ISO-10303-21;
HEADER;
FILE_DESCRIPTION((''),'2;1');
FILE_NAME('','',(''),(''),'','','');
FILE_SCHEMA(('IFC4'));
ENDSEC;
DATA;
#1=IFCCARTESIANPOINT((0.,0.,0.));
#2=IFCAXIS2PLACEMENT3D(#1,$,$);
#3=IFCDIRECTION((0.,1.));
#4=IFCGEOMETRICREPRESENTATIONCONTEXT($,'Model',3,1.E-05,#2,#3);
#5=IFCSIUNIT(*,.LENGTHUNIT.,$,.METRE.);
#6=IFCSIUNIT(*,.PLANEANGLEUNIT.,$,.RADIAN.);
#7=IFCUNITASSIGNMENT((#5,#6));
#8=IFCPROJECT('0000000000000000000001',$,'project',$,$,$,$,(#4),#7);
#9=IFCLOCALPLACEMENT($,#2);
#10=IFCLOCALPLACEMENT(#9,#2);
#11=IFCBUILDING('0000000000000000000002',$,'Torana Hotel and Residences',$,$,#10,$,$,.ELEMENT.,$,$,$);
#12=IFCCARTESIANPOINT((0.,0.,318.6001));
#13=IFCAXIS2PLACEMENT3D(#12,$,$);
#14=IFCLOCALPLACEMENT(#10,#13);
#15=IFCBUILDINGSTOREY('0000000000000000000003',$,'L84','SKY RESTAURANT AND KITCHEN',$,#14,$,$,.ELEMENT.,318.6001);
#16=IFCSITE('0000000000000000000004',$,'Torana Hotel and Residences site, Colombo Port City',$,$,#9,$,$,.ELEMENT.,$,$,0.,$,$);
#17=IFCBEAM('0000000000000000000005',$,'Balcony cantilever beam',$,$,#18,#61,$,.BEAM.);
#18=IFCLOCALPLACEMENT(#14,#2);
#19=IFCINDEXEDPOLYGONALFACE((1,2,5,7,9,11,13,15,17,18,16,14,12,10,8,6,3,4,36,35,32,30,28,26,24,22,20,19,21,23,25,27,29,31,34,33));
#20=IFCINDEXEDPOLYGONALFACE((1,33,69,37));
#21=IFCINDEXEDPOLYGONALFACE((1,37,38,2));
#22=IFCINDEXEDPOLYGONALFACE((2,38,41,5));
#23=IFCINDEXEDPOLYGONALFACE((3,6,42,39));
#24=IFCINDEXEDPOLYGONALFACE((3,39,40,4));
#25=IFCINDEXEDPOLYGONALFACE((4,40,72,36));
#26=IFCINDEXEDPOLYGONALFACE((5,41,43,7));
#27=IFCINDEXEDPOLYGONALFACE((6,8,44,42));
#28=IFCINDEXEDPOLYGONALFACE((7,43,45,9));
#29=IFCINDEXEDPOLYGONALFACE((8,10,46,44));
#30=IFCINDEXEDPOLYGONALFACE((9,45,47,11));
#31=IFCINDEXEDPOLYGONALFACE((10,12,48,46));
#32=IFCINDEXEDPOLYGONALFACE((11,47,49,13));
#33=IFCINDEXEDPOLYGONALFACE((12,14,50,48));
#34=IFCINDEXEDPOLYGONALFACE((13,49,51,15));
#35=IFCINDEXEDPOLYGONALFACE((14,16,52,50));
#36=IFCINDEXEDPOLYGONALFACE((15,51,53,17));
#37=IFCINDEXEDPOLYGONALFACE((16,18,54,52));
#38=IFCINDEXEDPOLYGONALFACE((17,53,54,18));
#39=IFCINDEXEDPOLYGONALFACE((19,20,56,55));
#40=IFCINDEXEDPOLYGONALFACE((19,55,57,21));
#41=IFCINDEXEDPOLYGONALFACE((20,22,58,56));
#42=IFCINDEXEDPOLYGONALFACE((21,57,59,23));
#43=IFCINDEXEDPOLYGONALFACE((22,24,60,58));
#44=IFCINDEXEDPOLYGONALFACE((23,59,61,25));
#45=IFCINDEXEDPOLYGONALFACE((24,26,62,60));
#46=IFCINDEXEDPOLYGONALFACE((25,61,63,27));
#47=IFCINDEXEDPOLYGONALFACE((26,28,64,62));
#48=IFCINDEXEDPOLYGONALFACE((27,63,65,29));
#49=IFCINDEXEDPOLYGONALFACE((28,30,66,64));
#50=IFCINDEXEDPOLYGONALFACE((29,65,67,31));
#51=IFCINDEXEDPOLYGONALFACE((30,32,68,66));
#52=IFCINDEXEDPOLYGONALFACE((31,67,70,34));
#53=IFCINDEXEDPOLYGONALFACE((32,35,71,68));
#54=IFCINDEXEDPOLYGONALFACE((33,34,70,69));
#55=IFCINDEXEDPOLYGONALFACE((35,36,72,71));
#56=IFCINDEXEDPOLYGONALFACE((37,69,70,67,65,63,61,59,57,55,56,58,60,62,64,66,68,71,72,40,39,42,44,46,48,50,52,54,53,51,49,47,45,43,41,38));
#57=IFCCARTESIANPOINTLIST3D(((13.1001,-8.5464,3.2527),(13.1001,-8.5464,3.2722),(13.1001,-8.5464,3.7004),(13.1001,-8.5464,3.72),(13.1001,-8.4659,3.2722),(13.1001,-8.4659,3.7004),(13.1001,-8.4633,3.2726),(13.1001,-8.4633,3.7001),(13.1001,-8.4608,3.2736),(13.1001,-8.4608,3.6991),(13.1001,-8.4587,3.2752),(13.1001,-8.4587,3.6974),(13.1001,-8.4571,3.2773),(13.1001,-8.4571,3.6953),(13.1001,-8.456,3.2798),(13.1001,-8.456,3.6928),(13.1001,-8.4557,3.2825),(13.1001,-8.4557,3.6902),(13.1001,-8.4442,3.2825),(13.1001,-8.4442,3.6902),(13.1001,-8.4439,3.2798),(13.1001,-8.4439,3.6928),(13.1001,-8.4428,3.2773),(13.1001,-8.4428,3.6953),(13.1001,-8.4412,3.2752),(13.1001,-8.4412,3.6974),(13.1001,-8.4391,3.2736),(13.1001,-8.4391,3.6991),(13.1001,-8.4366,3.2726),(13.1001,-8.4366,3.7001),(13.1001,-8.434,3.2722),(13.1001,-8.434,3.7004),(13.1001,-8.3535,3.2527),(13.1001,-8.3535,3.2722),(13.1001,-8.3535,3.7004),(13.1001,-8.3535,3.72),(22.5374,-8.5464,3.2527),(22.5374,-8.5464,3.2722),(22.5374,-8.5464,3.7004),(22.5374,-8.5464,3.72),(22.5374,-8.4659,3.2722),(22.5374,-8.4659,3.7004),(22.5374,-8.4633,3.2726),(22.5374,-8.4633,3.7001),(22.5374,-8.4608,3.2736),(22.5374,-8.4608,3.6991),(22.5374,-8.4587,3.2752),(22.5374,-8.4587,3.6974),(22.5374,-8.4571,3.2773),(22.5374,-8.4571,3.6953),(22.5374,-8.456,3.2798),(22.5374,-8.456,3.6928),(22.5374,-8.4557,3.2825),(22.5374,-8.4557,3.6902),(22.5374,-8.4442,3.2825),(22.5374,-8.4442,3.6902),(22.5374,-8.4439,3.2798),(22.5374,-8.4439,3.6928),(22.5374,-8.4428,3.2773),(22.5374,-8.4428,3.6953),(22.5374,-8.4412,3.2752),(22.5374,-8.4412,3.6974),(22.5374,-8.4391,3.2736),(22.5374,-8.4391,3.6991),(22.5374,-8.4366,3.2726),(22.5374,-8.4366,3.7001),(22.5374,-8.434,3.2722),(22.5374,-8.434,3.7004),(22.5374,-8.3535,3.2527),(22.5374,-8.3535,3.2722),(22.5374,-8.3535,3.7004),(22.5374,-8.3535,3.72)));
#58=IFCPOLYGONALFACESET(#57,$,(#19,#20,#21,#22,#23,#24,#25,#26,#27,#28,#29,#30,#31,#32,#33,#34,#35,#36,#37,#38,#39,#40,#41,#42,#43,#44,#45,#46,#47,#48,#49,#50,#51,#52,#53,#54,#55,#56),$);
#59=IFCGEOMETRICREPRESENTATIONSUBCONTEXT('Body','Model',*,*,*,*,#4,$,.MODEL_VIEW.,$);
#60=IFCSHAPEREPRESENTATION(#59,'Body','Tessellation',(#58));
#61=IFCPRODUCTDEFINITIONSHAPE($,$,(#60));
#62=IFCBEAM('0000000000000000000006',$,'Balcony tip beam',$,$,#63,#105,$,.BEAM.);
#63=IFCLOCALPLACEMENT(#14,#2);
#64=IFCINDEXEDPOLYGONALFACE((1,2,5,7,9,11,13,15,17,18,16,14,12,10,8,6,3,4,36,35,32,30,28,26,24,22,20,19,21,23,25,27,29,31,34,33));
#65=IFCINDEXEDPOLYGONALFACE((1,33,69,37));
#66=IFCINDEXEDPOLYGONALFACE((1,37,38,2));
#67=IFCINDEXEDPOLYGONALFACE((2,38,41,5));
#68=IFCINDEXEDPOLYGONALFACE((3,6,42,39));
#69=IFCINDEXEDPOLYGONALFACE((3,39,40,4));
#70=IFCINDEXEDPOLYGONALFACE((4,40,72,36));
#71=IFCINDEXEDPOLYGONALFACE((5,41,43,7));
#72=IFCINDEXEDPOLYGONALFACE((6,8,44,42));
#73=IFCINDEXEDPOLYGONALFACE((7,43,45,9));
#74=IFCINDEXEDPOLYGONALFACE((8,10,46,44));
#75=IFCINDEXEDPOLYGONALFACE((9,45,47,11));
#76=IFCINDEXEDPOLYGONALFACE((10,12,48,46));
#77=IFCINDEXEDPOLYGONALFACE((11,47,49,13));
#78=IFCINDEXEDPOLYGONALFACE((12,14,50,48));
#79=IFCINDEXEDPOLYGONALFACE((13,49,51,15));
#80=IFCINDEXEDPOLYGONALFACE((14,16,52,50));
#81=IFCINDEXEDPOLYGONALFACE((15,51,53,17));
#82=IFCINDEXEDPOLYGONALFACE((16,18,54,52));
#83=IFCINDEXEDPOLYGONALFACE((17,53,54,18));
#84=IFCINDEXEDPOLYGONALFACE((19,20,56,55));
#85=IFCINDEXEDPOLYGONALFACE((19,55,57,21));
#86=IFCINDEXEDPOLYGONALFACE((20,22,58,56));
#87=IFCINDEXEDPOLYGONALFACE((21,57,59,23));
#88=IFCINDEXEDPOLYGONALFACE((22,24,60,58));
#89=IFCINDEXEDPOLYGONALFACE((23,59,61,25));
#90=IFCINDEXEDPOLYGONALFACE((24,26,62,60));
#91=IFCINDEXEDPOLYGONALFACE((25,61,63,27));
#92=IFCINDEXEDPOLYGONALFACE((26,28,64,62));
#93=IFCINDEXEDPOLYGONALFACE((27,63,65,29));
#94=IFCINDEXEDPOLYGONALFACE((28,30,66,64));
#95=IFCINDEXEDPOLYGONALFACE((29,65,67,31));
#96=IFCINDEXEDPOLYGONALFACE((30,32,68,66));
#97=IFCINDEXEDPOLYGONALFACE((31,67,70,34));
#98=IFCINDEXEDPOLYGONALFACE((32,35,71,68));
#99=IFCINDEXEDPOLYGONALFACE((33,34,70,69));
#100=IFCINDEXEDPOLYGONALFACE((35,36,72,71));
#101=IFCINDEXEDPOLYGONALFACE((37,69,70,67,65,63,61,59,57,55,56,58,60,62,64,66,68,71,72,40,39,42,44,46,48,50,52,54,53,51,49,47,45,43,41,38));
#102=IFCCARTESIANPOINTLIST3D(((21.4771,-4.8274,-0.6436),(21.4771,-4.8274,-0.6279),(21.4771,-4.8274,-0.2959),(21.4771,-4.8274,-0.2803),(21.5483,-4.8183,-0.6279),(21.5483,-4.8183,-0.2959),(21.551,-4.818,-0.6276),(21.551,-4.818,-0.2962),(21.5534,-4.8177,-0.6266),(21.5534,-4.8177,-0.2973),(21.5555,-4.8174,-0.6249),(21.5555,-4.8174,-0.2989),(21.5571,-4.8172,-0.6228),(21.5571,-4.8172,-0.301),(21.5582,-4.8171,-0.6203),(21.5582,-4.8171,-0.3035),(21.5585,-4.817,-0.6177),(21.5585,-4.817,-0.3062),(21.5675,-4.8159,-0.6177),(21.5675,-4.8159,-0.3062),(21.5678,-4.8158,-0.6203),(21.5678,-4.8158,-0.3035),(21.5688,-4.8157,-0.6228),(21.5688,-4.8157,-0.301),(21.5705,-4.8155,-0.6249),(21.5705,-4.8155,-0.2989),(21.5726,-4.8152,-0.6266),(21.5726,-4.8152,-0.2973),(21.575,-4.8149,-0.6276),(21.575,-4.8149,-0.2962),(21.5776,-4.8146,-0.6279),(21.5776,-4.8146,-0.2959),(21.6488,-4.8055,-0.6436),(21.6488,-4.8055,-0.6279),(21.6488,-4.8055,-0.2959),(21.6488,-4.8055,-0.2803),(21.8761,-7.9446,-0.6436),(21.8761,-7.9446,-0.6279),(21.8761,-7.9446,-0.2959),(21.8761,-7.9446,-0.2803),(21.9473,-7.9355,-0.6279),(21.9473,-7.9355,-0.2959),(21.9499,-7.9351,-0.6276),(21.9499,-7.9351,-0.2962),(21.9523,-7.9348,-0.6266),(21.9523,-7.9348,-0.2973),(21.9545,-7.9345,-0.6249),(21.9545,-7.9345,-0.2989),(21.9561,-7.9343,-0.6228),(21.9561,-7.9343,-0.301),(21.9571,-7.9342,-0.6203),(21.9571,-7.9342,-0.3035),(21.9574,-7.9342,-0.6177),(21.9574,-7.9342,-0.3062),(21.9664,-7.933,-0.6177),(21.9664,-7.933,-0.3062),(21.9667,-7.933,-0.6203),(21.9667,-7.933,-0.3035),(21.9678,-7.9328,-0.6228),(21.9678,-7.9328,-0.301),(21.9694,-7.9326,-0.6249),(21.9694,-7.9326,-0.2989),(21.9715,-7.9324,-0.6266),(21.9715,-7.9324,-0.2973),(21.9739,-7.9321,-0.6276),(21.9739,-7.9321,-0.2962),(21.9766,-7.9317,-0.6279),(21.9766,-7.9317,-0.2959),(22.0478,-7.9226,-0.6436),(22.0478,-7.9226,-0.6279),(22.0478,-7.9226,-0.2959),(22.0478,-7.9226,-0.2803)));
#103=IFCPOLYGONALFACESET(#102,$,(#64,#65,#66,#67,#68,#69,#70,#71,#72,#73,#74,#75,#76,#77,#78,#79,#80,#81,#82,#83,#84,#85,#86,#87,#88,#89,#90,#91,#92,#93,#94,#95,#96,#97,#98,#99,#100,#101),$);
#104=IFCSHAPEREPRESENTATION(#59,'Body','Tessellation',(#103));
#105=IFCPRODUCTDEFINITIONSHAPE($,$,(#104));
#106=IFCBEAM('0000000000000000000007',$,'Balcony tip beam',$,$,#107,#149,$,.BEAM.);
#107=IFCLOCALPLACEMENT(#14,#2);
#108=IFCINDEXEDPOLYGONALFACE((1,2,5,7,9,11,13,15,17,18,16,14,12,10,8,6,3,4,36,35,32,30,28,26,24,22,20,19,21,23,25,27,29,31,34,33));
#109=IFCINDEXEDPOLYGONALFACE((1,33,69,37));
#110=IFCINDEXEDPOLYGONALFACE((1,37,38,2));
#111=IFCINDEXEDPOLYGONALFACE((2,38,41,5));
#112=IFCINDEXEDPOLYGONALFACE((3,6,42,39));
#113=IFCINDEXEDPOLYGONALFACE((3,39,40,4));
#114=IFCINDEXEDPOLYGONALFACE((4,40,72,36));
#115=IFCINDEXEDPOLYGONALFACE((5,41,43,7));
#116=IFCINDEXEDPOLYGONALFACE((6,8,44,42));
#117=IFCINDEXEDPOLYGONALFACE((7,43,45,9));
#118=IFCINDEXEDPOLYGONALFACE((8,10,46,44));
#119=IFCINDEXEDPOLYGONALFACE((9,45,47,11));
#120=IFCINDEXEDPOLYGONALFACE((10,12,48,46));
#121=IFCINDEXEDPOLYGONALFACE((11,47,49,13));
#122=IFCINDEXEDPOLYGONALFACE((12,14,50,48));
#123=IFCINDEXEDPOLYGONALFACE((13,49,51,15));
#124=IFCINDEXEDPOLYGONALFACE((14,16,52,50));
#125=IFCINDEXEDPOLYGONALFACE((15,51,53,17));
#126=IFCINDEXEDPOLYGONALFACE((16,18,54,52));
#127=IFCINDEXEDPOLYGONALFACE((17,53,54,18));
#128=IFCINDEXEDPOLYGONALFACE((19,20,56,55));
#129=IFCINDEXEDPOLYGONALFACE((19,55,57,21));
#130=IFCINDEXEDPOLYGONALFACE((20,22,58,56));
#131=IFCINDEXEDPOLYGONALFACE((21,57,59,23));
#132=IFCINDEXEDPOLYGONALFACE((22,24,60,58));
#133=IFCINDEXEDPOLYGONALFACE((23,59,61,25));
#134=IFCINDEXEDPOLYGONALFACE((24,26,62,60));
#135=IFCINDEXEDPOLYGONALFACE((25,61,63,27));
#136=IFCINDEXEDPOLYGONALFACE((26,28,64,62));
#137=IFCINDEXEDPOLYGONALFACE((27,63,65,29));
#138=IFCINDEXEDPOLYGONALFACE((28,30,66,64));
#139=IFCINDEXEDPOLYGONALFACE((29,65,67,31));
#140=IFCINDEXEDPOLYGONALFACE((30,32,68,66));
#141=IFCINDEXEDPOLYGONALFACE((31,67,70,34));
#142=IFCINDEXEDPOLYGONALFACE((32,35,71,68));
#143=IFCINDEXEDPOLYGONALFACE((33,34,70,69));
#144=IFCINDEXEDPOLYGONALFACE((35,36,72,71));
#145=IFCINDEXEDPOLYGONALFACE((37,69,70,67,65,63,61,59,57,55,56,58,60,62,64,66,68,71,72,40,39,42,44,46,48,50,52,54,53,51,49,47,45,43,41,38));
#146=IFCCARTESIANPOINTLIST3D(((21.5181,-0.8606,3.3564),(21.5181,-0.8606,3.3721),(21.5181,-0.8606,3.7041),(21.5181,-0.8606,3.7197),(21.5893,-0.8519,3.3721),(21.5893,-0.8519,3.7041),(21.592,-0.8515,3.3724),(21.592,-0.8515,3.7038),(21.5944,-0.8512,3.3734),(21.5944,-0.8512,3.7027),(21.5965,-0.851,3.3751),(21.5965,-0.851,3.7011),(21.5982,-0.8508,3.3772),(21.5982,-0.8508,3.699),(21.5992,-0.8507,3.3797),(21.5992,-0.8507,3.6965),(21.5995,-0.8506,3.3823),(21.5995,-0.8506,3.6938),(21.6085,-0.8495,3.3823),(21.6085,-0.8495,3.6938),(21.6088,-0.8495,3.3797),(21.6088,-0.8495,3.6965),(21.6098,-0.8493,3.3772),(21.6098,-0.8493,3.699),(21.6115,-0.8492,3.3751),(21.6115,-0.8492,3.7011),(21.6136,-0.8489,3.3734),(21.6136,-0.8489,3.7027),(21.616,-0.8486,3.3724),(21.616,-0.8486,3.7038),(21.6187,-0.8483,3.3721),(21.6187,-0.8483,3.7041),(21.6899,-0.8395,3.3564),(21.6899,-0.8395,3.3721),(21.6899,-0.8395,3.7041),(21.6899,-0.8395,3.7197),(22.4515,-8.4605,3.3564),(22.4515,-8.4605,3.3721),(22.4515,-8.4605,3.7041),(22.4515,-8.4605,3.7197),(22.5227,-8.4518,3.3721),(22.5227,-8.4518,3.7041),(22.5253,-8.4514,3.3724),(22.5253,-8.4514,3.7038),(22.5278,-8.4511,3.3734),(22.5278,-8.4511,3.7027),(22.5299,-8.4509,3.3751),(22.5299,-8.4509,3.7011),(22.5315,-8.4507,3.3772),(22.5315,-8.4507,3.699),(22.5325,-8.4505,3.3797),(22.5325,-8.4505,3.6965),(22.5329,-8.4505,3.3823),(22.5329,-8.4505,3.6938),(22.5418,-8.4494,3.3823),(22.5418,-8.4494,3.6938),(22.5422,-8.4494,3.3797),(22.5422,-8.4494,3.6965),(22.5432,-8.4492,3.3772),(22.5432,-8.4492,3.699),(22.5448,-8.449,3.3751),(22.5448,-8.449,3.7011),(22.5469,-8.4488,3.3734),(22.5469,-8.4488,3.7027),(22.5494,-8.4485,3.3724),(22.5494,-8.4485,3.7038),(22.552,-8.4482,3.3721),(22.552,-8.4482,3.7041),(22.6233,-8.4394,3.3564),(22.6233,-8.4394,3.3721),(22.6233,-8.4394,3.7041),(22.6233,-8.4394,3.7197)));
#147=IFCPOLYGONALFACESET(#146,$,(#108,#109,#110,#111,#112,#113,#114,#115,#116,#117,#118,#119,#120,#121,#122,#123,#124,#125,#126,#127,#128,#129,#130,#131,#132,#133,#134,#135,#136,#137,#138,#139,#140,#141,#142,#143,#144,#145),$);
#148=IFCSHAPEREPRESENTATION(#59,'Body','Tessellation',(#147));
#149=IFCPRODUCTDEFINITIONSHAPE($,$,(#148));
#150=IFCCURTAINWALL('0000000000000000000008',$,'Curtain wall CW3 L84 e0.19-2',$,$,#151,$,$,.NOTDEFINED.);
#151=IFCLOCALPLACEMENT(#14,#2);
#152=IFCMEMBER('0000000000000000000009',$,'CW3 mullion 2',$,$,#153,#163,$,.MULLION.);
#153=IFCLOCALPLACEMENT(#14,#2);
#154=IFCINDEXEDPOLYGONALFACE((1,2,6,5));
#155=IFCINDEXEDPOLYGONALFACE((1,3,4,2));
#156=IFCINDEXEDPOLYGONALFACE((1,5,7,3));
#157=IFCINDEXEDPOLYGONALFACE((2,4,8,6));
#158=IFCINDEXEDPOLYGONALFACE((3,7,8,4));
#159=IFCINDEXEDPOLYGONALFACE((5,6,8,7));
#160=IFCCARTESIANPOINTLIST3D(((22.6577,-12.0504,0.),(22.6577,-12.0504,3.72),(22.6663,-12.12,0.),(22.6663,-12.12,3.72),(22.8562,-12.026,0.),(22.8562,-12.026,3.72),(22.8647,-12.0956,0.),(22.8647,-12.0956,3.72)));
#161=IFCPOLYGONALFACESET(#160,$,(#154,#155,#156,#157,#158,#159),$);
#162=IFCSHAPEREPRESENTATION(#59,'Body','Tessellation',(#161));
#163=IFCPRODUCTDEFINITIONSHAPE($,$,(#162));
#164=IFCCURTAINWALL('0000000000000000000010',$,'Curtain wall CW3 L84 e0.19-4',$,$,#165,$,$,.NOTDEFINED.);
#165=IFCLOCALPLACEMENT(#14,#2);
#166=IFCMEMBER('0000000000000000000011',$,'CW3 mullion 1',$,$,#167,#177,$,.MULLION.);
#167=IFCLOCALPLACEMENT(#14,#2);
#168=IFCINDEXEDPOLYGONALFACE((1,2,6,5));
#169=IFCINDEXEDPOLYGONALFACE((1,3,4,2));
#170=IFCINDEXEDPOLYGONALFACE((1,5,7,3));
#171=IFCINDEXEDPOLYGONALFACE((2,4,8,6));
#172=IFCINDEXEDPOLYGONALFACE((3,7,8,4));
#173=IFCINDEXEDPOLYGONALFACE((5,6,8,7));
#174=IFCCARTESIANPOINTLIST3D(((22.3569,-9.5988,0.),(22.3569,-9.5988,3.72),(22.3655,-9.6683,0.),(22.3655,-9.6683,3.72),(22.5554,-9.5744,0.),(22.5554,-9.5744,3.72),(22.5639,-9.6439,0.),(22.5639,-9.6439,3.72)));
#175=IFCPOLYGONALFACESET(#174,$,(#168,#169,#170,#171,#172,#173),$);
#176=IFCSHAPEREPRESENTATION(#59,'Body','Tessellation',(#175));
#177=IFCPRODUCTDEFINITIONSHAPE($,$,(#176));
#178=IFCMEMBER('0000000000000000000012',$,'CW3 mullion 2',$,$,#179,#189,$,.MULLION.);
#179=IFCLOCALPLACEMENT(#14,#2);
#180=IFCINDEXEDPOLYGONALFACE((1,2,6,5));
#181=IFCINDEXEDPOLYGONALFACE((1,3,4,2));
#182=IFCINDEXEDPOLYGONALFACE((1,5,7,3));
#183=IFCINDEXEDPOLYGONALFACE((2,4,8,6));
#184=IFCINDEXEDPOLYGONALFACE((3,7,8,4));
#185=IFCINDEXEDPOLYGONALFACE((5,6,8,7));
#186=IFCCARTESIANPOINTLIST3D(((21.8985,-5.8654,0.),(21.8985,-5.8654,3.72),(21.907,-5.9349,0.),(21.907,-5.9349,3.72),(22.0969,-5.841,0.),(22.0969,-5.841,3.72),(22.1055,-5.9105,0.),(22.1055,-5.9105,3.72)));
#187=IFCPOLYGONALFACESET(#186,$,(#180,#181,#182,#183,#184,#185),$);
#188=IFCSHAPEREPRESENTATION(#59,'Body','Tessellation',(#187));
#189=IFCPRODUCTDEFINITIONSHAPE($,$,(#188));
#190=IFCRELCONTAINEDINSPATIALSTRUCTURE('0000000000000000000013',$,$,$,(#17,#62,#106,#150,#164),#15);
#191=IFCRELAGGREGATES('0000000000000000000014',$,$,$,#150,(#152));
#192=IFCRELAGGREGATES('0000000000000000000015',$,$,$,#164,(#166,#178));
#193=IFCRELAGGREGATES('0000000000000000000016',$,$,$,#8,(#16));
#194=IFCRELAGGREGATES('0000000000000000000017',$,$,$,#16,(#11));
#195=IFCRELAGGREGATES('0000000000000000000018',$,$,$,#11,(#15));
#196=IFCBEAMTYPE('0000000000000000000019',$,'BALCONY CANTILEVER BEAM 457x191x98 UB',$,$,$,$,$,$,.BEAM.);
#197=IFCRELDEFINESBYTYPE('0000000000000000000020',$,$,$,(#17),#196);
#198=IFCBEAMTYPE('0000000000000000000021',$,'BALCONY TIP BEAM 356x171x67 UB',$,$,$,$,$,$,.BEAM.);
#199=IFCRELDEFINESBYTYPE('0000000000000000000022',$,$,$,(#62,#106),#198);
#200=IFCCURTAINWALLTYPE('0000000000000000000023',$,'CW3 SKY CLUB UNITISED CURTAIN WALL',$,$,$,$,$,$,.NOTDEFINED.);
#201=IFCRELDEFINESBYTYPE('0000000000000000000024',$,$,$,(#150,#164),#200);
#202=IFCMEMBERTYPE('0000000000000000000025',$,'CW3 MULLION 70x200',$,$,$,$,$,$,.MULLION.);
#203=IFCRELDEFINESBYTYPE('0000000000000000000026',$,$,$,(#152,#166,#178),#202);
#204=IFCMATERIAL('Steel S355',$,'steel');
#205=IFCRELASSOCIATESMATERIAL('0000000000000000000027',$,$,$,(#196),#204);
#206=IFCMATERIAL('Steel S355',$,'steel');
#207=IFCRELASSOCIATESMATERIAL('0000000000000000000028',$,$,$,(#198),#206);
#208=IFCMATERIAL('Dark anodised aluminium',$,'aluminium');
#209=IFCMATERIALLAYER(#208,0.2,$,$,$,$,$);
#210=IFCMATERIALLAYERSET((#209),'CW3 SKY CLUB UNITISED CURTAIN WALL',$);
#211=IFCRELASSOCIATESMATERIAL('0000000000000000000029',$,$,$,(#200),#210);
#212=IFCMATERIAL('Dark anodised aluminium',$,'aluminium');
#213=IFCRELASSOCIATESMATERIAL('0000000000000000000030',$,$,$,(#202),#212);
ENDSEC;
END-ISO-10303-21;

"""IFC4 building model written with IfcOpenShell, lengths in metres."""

from ifc_helpers import new_model, si_unit, direction, frame, origin, origin_2d, place, context, subcontext, project, spatial, rectangle, i_section, extrude, material, layer, layer_set, material_profile, profile_set, type_object, element, aggregate, save


model = new_model("IFC4")

# Units and contexts
model_context = context("Model", 3, precision=1e-05, world=origin(), true_north=direction((0.0, 1.0)))
body_context = subcontext(model_context, "Body", "Model", "MODEL_VIEW")
ifc_project = project(units=[si_unit("LENGTHUNIT", "METRE"), si_unit("PLANEANGLEUNIT", "RADIAN")], contexts=[model_context])

# Site, building, storey
site_placement = place(None, origin())
site = spatial("IfcSite", under=ifc_project, at=site_placement, Name="Torana Hotel and Residences site, Colombo Port City", CompositionType="ELEMENT", RefElevation=0.0)
building_placement = place(site_placement, origin())
building = spatial("IfcBuilding", under=site, at=building_placement, Name="Torana Hotel and Residences", CompositionType="ELEMENT")
storey_placement = place(building_placement, frame((0.0, 0.0, 318.6001)))
storey = spatial("IfcBuildingStorey", under=building, at=storey_placement, Name="L84", Description="SKY RESTAURANT AND KITCHEN", CompositionType="ELEMENT", Elevation=318.6001)

# Beams
ifc_material_1 = material(Name="Steel S355", Category="steel")
ifc_material_profile_1 = material_profile(ifc_material_1, i_section(OverallWidth=0.1929, OverallDepth=0.4673, WebThickness=0.0115, FlangeThickness=0.0195, FilletRadius=0.0103, at=origin_2d()), Name="457x191x98 UB")
ifc_profile_set_1 = profile_set([ifc_material_profile_1], Name="Steel S355")
beam_type_1 = type_object("IfcBeamType", Name="BALCONY CANTILEVER BEAM 457x191x98 UB", PredefinedType="BEAM", material=ifc_profile_set_1)
beam_1_placement = place(storey_placement, frame((22.5374, -8.45, 3.4863), z_axis=(-1.0, 0.0, 0.0), x_axis=(0.0, -1.0, 0.0)))
element("IfcBeam", 1, at=beam_1_placement, inside=storey, type_object=beam_type_1, Name="Balcony cantilever beam", PredefinedType="BEAM", context=body_context, shape_type="SweptSolid", body=[
    extrude(i_section(OverallWidth=0.1929, OverallDepth=0.4673, WebThickness=0.0115, FlangeThickness=0.0195, FilletRadius=0.0103, at=origin_2d()), origin(), (0.0, 0.0, 1.0), 9.4373),
])
ifc_material_2 = material(Name="Steel S355", Category="steel")
ifc_material_profile_2 = material_profile(ifc_material_2, i_section(OverallWidth=0.1731, OverallDepth=0.3633, WebThickness=0.009, FlangeThickness=0.0156, FilletRadius=0.0103, at=origin_2d()), Name="356x171x67 UB")
ifc_profile_set_2 = profile_set([ifc_material_profile_2], Name="Steel S355")
beam_type_2 = type_object("IfcBeamType", Name="BALCONY TIP BEAM 356x171x67 UB", PredefinedType="BEAM", material=ifc_profile_set_2)
beam_2_placement = place(storey_placement, frame((21.9619, -7.9336, -0.4619), z_axis=(-0.126941, 0.99191, 0.0), x_axis=(-0.99191, -0.126941, 0.0)))
element("IfcBeam", 2, at=beam_2_placement, inside=storey, type_object=beam_type_2, Name="Balcony tip beam", PredefinedType="BEAM", context=body_context, shape_type="SweptSolid", body=[
    extrude(i_section(OverallWidth=0.1731, OverallDepth=0.3633, WebThickness=0.009, FlangeThickness=0.0156, FilletRadius=0.0103, at=origin_2d()), origin(), (0.0, 0.0, 1.0), 3.1426),
])
beam_3_placement = place(storey_placement, frame((22.5374, -8.45, 3.5381), z_axis=(-0.121896, 0.992543, 0.0), x_axis=(-0.992543, -0.121896, 0.0)))
element("IfcBeam", 3, at=beam_3_placement, inside=storey, type_object=beam_type_2, Name="Balcony tip beam", PredefinedType="BEAM", context=body_context, shape_type="SweptSolid", body=[
    extrude(i_section(OverallWidth=0.1731, OverallDepth=0.3633, WebThickness=0.009, FlangeThickness=0.0156, FilletRadius=0.0103, at=origin_2d()), origin(), (0.0, 0.0, 1.0), 7.657),
])

# Curtain wall, member
ifc_material_3 = material(Name="Dark anodised aluminium", Category="aluminium")
ifc_layer_1 = layer(ifc_material_3, 0.2)
ifc_layer_set_1 = layer_set([ifc_layer_1], Name="CW3 SKY CLUB UNITISED CURTAIN WALL")
curtain_wall_type = type_object("IfcCurtainWallType", Name="CW3 SKY CLUB UNITISED CURTAIN WALL", PredefinedType="NOTDEFINED", material=ifc_layer_set_1)
curtain_wall_1_placement = place(storey_placement, origin())
curtain_wall_1 = element("IfcCurtainWall", 4, at=curtain_wall_1_placement, inside=storey, type_object=curtain_wall_type, Name="Curtain wall CW3 L84 e0.19-2", PredefinedType="NOTDEFINED")
ifc_material_4 = material(Name="Dark anodised aluminium", Category="aluminium")
ifc_material_profile_3 = material_profile(ifc_material_4, rectangle(XDim=0.2, YDim=0.0701, at=origin_2d()), Name="CW3 MULLION 70x200")
ifc_profile_set_3 = profile_set([ifc_material_profile_3], Name="Dark anodised aluminium")
member_type_1 = type_object("IfcMemberType", Name="CW3 MULLION 70x200", PredefinedType="MULLION", material=ifc_profile_set_3)
member_1_placement = place(storey_placement, frame((22.7612, -12.073, 0.0), z_axis=(0.0, 0.0, 1.0), x_axis=(-0.992541, -0.121913, 0.0)))
member_1 = element("IfcMember", 5, at=member_1_placement, type_object=member_type_1, Name="CW3 mullion 2", PredefinedType="MULLION", context=body_context, shape_type="SweptSolid", body=[
    extrude(rectangle(XDim=0.2, YDim=0.0701, at=origin_2d()), origin(), (0.0, 0.0, 1.0), 3.72),
])

# Curtain wall, members
curtain_wall_2_placement = place(storey_placement, origin())
curtain_wall_2 = element("IfcCurtainWall", 6, at=curtain_wall_2_placement, inside=storey, type_object=curtain_wall_type, Name="Curtain wall CW3 L84 e0.19-4", PredefinedType="NOTDEFINED")
member_2_placement = place(storey_placement, frame((22.4604, -9.6213, 0.0), z_axis=(0.0, 0.0, 1.0), x_axis=(-0.992544, -0.121885, 0.0)))
member_2 = element("IfcMember", 7, at=member_2_placement, type_object=member_type_1, Name="CW3 mullion 1", PredefinedType="MULLION", context=body_context, shape_type="SweptSolid", body=[
    extrude(rectangle(XDim=0.2, YDim=0.0701, at=origin_2d()), origin(), (0.0, 0.0, 1.0), 3.72),
])
member_3_placement = place(storey_placement, frame((22.002, -5.8879, 0.0), z_axis=(0.0, 0.0, 1.0), x_axis=(-0.992544, -0.121885, 0.0)))
member_3 = element("IfcMember", 8, at=member_3_placement, type_object=member_type_1, Name="CW3 mullion 2", PredefinedType="MULLION", context=body_context, shape_type="SweptSolid", body=[
    extrude(rectangle(XDim=0.2, YDim=0.0701, at=origin_2d()), origin(), (0.0, 0.0, 1.0), 3.72),
])

aggregate(curtain_wall_1, [member_1])
aggregate(curtain_wall_2, [member_2, member_3])

save(model, "model.ifc")
